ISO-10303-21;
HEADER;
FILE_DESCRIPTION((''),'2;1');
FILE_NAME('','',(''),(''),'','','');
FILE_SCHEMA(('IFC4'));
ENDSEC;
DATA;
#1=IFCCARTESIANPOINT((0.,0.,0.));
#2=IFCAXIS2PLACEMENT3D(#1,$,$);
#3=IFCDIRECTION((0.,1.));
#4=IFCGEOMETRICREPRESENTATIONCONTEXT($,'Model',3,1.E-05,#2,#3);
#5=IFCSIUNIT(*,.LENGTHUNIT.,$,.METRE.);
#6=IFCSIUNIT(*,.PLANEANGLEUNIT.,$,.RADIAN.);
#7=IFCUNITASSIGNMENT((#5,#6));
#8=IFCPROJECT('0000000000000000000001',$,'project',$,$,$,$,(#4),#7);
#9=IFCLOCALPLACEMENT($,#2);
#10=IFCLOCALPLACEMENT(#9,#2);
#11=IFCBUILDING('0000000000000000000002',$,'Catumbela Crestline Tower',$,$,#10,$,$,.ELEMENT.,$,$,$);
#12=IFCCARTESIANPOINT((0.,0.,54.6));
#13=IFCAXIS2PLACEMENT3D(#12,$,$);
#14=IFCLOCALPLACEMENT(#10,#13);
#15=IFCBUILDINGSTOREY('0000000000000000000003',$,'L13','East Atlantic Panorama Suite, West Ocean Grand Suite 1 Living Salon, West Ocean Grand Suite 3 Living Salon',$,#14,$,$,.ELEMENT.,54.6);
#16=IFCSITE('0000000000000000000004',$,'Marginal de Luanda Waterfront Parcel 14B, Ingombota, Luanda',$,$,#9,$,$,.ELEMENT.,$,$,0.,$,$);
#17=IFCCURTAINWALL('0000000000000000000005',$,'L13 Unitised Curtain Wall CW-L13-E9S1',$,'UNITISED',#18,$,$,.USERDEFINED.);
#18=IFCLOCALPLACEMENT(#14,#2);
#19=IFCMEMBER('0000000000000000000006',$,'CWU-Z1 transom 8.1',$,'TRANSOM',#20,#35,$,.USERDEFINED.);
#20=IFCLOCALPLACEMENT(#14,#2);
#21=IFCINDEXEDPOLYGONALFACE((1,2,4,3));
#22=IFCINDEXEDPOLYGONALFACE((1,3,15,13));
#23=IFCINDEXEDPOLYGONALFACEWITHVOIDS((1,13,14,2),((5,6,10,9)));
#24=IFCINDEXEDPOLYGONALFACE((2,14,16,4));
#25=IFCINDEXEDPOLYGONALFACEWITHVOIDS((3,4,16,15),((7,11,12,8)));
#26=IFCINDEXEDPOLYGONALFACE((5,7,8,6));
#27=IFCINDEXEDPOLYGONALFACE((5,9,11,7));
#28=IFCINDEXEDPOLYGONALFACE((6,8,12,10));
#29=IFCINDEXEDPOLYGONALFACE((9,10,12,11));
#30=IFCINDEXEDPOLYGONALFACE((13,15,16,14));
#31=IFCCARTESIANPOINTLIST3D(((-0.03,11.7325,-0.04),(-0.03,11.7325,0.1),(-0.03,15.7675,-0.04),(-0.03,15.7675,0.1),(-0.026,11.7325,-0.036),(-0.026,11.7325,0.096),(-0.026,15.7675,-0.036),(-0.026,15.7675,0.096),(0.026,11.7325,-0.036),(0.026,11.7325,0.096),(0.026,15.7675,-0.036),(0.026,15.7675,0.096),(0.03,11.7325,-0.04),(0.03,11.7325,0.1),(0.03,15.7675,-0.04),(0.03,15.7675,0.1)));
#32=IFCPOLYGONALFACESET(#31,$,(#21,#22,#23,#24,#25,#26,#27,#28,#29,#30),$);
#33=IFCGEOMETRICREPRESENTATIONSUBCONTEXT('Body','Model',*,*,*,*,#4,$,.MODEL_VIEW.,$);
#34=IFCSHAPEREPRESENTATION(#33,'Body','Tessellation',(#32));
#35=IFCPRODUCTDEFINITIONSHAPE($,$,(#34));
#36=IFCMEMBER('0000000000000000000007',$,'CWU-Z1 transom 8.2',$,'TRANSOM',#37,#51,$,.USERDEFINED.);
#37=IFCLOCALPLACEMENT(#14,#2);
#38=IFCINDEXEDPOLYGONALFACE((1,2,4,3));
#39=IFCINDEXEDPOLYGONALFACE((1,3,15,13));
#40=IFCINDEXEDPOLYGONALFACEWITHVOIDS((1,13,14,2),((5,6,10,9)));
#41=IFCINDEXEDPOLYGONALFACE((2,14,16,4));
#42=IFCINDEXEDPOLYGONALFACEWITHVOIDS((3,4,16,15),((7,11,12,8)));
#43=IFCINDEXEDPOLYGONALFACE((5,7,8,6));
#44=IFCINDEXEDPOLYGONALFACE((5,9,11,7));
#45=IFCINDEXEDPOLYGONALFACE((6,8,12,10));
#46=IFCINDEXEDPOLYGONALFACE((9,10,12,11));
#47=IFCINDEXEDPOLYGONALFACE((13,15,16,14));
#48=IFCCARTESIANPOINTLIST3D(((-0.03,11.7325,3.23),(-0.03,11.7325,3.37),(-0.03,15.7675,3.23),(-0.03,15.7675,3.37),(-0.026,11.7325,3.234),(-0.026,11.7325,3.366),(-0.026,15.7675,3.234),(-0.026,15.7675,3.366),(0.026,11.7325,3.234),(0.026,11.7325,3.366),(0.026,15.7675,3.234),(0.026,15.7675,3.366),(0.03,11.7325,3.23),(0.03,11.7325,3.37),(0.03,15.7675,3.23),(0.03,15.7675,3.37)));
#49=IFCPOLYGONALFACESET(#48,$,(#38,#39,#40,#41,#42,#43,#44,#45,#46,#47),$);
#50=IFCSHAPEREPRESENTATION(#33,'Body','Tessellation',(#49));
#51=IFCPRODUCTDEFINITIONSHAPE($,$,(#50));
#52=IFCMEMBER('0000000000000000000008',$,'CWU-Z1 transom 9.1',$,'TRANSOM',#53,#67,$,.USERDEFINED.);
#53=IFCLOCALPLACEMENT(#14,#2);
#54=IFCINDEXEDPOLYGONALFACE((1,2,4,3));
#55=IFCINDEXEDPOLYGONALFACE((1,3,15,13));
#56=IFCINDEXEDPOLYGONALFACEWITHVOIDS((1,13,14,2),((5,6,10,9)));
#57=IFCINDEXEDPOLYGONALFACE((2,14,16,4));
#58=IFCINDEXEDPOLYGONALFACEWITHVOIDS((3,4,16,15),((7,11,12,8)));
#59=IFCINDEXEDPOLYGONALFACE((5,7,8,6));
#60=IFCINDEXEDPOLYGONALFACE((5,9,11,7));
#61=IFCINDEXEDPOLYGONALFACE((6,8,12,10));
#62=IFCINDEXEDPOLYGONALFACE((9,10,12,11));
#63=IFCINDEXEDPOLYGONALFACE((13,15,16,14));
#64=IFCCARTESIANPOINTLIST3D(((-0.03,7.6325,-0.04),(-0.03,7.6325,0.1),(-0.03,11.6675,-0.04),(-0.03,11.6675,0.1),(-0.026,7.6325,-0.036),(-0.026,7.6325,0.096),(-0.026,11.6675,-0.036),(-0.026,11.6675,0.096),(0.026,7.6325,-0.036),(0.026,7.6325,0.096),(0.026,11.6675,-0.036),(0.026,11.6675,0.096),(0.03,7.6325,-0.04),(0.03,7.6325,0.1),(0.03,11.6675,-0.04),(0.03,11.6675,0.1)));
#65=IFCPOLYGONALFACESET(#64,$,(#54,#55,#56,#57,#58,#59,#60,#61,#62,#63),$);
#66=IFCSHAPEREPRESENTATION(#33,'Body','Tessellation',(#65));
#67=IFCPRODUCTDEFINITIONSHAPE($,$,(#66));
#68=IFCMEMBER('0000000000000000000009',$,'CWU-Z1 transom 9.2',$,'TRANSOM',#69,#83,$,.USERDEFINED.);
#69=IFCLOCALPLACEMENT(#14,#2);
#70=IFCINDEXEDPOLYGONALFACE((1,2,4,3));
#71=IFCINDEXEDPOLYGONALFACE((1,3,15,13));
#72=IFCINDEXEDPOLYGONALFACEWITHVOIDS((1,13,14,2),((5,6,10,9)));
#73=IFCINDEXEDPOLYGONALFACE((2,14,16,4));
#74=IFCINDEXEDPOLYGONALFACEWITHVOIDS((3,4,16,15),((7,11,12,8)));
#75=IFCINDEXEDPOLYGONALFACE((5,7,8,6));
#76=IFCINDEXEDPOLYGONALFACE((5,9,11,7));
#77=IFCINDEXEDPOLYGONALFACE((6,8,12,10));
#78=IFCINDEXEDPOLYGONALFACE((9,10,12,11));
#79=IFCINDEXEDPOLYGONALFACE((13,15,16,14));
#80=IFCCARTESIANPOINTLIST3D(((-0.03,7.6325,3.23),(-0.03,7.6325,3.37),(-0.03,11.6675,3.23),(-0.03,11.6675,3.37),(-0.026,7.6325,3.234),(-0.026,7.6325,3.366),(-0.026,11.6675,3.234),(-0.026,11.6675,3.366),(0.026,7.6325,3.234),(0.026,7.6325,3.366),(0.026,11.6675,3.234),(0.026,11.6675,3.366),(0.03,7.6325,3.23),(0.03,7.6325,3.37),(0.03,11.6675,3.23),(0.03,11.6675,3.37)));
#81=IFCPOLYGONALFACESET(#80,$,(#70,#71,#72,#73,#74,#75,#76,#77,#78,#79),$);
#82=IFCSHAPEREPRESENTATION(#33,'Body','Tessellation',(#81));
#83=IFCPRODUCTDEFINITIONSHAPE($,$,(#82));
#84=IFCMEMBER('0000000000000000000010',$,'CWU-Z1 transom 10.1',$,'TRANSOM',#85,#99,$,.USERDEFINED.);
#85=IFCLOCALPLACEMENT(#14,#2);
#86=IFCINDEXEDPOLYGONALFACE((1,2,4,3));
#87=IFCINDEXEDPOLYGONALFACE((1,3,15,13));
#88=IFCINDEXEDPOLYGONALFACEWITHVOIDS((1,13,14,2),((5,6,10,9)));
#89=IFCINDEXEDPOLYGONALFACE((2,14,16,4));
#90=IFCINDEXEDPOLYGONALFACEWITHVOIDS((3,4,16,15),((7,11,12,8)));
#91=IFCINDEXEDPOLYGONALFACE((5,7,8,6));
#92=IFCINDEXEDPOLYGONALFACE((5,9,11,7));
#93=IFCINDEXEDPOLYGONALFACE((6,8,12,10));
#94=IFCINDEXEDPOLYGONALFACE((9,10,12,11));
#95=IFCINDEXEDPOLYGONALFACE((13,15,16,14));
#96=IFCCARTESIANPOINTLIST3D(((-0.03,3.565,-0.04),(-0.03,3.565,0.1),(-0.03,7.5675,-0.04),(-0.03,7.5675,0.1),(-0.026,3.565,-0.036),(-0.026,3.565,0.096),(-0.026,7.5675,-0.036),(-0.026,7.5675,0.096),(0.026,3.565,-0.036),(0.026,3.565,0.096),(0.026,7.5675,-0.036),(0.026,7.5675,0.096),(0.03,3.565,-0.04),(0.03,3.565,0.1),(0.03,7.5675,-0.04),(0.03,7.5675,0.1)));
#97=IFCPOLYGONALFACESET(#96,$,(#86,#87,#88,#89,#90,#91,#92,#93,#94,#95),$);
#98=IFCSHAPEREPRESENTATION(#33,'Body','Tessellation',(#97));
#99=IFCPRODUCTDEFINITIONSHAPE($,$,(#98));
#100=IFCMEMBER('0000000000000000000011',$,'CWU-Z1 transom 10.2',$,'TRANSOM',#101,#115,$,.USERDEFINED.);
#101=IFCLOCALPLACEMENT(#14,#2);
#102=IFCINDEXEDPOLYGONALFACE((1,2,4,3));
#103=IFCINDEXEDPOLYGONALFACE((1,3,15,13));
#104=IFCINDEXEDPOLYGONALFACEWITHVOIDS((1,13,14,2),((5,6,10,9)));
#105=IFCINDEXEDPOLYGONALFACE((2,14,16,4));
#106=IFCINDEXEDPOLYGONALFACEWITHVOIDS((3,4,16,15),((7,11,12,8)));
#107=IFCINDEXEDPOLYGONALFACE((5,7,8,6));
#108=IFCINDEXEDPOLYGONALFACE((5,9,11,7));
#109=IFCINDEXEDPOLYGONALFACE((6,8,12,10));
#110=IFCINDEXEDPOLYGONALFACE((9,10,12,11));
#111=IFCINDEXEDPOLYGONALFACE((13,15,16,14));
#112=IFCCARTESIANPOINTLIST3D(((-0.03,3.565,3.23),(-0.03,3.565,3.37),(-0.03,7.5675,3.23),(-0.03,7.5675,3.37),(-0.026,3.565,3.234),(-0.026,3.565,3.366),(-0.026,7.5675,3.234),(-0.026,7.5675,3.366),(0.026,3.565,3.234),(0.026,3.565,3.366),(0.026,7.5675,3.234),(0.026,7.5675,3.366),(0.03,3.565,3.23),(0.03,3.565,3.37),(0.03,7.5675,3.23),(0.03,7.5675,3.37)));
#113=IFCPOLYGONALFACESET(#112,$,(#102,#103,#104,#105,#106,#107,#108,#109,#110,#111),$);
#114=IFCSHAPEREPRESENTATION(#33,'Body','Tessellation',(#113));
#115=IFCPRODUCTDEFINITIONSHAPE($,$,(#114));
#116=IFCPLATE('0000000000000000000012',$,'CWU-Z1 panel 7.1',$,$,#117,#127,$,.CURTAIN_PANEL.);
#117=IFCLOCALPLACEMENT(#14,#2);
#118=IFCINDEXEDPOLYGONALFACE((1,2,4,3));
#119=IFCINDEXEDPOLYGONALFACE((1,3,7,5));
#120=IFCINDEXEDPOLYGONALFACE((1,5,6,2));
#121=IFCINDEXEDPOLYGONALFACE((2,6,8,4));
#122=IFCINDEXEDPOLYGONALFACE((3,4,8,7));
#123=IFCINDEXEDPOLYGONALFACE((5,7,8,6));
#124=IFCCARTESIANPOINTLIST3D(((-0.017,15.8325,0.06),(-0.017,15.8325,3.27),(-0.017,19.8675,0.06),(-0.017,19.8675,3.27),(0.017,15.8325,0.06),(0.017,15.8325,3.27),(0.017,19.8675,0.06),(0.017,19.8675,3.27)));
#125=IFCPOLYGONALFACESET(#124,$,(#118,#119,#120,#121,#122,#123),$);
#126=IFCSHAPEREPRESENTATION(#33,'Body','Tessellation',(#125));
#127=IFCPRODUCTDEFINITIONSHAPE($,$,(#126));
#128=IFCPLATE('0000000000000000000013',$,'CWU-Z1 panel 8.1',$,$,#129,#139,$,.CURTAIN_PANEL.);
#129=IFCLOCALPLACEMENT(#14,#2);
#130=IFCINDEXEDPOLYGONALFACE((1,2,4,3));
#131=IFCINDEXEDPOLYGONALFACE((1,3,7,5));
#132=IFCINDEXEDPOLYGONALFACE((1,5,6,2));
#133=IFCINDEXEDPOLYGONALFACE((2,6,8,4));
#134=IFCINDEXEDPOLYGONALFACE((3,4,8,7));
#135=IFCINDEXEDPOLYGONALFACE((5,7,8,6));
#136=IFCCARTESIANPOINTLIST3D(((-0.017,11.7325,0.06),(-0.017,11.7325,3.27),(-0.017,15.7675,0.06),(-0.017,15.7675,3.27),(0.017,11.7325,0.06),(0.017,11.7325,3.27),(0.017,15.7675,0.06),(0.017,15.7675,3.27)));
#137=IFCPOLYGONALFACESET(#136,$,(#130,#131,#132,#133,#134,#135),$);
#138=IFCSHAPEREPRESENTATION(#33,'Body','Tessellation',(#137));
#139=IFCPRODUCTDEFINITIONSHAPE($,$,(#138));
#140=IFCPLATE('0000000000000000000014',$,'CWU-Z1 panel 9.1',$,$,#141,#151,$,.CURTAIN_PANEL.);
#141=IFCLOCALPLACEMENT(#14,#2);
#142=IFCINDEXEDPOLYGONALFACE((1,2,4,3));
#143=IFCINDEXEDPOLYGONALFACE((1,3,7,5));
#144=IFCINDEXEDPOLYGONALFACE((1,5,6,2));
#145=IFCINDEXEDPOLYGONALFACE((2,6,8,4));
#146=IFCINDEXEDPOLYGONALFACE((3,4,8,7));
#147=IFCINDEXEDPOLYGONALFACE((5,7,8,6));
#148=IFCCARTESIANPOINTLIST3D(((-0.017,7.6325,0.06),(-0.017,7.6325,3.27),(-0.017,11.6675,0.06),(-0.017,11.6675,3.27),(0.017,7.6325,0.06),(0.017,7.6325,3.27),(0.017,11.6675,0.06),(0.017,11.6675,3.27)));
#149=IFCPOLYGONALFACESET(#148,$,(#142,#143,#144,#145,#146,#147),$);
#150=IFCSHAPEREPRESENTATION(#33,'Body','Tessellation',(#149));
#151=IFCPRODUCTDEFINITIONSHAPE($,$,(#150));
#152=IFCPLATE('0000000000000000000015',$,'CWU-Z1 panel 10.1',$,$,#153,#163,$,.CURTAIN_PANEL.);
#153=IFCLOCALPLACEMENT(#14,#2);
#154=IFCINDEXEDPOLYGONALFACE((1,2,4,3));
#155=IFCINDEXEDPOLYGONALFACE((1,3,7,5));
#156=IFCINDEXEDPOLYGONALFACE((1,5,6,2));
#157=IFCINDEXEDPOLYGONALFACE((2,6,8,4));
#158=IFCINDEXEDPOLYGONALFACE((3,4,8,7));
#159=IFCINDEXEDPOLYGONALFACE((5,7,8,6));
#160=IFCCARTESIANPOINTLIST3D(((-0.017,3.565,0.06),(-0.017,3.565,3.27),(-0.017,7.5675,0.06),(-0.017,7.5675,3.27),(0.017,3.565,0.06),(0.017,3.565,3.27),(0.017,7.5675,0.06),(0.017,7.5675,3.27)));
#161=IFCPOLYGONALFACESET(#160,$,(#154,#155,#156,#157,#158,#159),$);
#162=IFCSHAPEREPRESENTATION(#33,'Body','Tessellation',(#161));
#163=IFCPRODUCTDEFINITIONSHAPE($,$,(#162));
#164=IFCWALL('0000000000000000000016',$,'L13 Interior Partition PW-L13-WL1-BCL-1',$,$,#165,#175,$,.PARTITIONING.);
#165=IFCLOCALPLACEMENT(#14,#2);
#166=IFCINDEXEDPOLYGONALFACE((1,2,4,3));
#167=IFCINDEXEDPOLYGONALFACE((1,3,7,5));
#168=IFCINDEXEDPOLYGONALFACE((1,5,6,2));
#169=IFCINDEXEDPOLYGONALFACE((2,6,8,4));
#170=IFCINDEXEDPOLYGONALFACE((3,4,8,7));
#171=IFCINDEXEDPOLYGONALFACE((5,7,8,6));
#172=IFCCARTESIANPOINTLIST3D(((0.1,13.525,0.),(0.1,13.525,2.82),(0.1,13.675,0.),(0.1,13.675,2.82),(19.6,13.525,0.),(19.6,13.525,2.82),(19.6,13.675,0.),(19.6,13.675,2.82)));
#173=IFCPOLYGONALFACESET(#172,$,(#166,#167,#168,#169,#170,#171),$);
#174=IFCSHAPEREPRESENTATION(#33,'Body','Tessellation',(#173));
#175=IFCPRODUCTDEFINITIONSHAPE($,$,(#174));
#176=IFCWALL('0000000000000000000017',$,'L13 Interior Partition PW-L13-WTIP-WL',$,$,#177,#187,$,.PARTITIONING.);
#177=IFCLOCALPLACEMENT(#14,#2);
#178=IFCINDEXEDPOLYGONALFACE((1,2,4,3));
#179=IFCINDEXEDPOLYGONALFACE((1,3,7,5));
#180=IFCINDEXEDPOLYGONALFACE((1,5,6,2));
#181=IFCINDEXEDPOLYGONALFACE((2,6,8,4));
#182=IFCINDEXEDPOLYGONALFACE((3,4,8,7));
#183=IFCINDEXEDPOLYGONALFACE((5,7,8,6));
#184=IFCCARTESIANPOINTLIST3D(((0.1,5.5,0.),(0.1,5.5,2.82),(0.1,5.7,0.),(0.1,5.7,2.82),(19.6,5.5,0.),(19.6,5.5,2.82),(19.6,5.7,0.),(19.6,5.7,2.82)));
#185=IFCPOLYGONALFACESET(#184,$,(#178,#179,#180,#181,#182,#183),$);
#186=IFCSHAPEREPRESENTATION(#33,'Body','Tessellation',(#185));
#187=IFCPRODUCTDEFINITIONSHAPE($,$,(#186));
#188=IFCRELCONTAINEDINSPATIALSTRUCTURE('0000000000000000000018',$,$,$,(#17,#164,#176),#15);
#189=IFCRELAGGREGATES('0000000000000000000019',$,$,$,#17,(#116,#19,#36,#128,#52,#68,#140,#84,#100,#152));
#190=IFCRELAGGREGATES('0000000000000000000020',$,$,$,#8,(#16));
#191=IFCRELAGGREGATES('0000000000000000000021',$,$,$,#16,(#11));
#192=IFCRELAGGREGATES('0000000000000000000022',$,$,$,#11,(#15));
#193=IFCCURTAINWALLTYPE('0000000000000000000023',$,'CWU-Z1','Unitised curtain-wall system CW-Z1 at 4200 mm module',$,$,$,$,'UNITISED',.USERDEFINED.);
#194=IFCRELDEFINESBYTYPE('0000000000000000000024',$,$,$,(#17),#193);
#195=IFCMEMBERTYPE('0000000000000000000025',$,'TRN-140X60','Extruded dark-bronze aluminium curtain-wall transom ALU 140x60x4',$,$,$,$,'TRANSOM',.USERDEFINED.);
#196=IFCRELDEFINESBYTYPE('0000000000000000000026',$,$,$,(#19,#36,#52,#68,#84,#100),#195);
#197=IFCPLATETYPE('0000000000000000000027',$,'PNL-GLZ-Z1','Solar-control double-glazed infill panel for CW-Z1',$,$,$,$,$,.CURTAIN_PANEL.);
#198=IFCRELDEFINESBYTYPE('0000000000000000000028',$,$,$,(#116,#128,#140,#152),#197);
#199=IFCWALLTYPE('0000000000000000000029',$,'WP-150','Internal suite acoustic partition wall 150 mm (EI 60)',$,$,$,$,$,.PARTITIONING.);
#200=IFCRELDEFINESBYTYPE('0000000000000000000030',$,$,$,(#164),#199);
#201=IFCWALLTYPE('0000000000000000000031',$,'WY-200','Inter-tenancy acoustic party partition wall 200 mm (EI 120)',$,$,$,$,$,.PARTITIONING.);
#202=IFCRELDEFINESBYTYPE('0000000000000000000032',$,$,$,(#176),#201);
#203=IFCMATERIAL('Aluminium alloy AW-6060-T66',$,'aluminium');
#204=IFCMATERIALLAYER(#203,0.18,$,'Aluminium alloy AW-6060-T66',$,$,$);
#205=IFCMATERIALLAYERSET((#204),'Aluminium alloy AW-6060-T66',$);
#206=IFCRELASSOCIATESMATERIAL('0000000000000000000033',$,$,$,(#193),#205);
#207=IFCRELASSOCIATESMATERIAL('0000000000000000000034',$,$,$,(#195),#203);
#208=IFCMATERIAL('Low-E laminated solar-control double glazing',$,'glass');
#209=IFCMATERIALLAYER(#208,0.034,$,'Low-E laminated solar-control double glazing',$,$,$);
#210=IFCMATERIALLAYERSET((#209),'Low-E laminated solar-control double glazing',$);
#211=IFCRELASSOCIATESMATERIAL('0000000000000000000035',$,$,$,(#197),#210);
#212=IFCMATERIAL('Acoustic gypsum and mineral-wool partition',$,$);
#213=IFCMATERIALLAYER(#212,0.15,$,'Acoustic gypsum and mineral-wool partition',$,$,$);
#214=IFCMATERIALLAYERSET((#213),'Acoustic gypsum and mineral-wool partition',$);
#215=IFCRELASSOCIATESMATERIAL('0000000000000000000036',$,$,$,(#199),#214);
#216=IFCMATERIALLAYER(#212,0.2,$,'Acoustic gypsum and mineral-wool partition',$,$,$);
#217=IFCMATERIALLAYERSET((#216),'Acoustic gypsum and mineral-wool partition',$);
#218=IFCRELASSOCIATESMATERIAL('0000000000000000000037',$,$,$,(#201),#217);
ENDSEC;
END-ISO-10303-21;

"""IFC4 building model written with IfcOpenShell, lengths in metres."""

from ifc_helpers import new_model, si_unit, direction, frame, frame_2d, origin, origin_2d, place, context, subcontext, project, spatial, rectangle, hollow_rectangle, extrude, material, layer, layer_set, material_profile, profile_set, type_object, element, aggregate, save


model = new_model("IFC4")

# Units and contexts
model_context = context("Model", 3, precision=1e-05, world=origin(), true_north=direction((0.0, 1.0)))
body_context = subcontext(model_context, "Body", "Model", "MODEL_VIEW")
ifc_project = project(units=[si_unit("LENGTHUNIT", "METRE"), si_unit("PLANEANGLEUNIT", "RADIAN")], contexts=[model_context])

# Site, building, storey
site_placement = place(None, origin())
site = spatial("IfcSite", under=ifc_project, at=site_placement, Name="Marginal de Luanda Waterfront Parcel 14B, Ingombota, Luanda", CompositionType="ELEMENT", RefElevation=0.0)
building_placement = place(site_placement, origin())
building = spatial("IfcBuilding", under=site, at=building_placement, Name="Catumbela Crestline Tower", CompositionType="ELEMENT")
storey_placement = place(building_placement, frame((0.0, 0.0, 54.6)))
storey = spatial("IfcBuildingStorey", under=building, at=storey_placement, Name="L13", Description="East Atlantic Panorama Suite, West Ocean Grand Suite 1 Living Salon, West Ocean Grand Suite 3 Living Salon", CompositionType="ELEMENT", Elevation=54.6)

# Curtain wall
ifc_material_1 = material(Name="Aluminium alloy AW-6060-T66", Category="aluminium")
ifc_layer_1 = layer(ifc_material_1, 0.18, Name="Aluminium alloy AW-6060-T66")
ifc_layer_set_1 = layer_set([ifc_layer_1], Name="Aluminium alloy AW-6060-T66")
curtain_wall_type = type_object("IfcCurtainWallType", Name="CWU-Z1", Description="Unitised curtain-wall system CW-Z1 at 4200 mm module", ElementType="UNITISED", PredefinedType="USERDEFINED", material=ifc_layer_set_1)
curtain_wall_placement = place(storey_placement, origin())
curtain_wall = element("IfcCurtainWall", 1, at=curtain_wall_placement, inside=storey, type_object=curtain_wall_type, Name="L13 Unitised Curtain Wall CW-L13-E9S1", ObjectType="UNITISED", PredefinedType="USERDEFINED")

# Members
ifc_material_profile_1 = material_profile(ifc_material_1, hollow_rectangle(XDim=0.06, YDim=0.14, WallThickness=0.004, at=origin_2d()), Name="ALU 140x60x4")
ifc_profile_set_1 = profile_set([ifc_material_profile_1], Name="Aluminium alloy AW-6060-T66")
member_type_1 = type_object("IfcMemberType", Name="TRN-140X60", Description="Extruded dark-bronze aluminium curtain-wall transom ALU 140x60x4", ElementType="TRANSOM", PredefinedType="USERDEFINED", material=ifc_profile_set_1)
member_1_placement = place(storey_placement, frame((0.0, 15.7675, 0.03), z_axis=(0.0, -1.0, 0.0), x_axis=(1.0, 0.0, 0.0)))
member_1 = element("IfcMember", 2, at=member_1_placement, type_object=member_type_1, Name="CWU-Z1 transom 8.1", ObjectType="TRANSOM", PredefinedType="USERDEFINED", context=body_context, shape_type="SweptSolid", body=[
    extrude(hollow_rectangle(XDim=0.06, YDim=0.14, WallThickness=0.004, at=origin_2d()), origin(), (0.0, 0.0, 1.0), 4.035),
])
member_2_placement = place(storey_placement, frame((0.0, 15.7675, 3.3), z_axis=(0.0, -1.0, 0.0), x_axis=(1.0, 0.0, 0.0)))
member_2 = element("IfcMember", 3, at=member_2_placement, type_object=member_type_1, Name="CWU-Z1 transom 8.2", ObjectType="TRANSOM", PredefinedType="USERDEFINED", context=body_context, shape_type="SweptSolid", body=[
    extrude(hollow_rectangle(XDim=0.06, YDim=0.14, WallThickness=0.004, at=origin_2d()), origin(), (0.0, 0.0, 1.0), 4.035),
])
member_3_placement = place(storey_placement, frame((0.0, 11.6675, 0.03), z_axis=(0.0, -1.0, 0.0), x_axis=(1.0, 0.0, 0.0)))
member_3 = element("IfcMember", 4, at=member_3_placement, type_object=member_type_1, Name="CWU-Z1 transom 9.1", ObjectType="TRANSOM", PredefinedType="USERDEFINED", context=body_context, shape_type="SweptSolid", body=[
    extrude(hollow_rectangle(XDim=0.06, YDim=0.14, WallThickness=0.004, at=origin_2d()), origin(), (0.0, 0.0, 1.0), 4.035),
])
member_4_placement = place(storey_placement, frame((0.0, 11.6675, 3.3), z_axis=(0.0, -1.0, 0.0), x_axis=(1.0, 0.0, 0.0)))
member_4 = element("IfcMember", 5, at=member_4_placement, type_object=member_type_1, Name="CWU-Z1 transom 9.2", ObjectType="TRANSOM", PredefinedType="USERDEFINED", context=body_context, shape_type="SweptSolid", body=[
    extrude(hollow_rectangle(XDim=0.06, YDim=0.14, WallThickness=0.004, at=origin_2d()), origin(), (0.0, 0.0, 1.0), 4.035),
])
member_5_placement = place(storey_placement, frame((0.0, 7.5675, 0.03), z_axis=(0.0, -1.0, 0.0), x_axis=(1.0, 0.0, 0.0)))
member_5 = element("IfcMember", 6, at=member_5_placement, type_object=member_type_1, Name="CWU-Z1 transom 10.1", ObjectType="TRANSOM", PredefinedType="USERDEFINED", context=body_context, shape_type="SweptSolid", body=[
    extrude(hollow_rectangle(XDim=0.06, YDim=0.14, WallThickness=0.004, at=origin_2d()), origin(), (0.0, 0.0, 1.0), 4.0025),
])
member_6_placement = place(storey_placement, frame((0.0, 7.5675, 3.3), z_axis=(0.0, -1.0, 0.0), x_axis=(1.0, 0.0, 0.0)))
member_6 = element("IfcMember", 7, at=member_6_placement, type_object=member_type_1, Name="CWU-Z1 transom 10.2", ObjectType="TRANSOM", PredefinedType="USERDEFINED", context=body_context, shape_type="SweptSolid", body=[
    extrude(hollow_rectangle(XDim=0.06, YDim=0.14, WallThickness=0.004, at=origin_2d()), origin(), (0.0, 0.0, 1.0), 4.0025),
])

# Plates
ifc_material_2 = material(Name="Low-E laminated solar-control double glazing", Category="glass")
ifc_layer_2 = layer(ifc_material_2, 0.034, Name="Low-E laminated solar-control double glazing")
ifc_layer_set_2 = layer_set([ifc_layer_2], Name="Low-E laminated solar-control double glazing")
plate_type = type_object("IfcPlateType", Name="PNL-GLZ-Z1", Description="Solar-control double-glazed infill panel for CW-Z1", PredefinedType="CURTAIN_PANEL", material=ifc_layer_set_2)
plate_1_placement = place(storey_placement, frame((0.0, 17.85, 0.06), z_axis=(0.0, 0.0, 1.0), x_axis=(0.0, -1.0, 0.0)))
plate_1 = element("IfcPlate", 8, at=plate_1_placement, type_object=plate_type, Name="CWU-Z1 panel 7.1", PredefinedType="CURTAIN_PANEL", context=body_context, shape_type="SweptSolid", body=[
    extrude(rectangle(XDim=4.035, YDim=0.034, at=origin_2d()), origin(), (0.0, 0.0, 1.0), 3.21),
])
plate_2_placement = place(storey_placement, frame((0.0, 13.75, 0.06), z_axis=(0.0, 0.0, 1.0), x_axis=(0.0, -1.0, 0.0)))
plate_2 = element("IfcPlate", 9, at=plate_2_placement, type_object=plate_type, Name="CWU-Z1 panel 8.1", PredefinedType="CURTAIN_PANEL", context=body_context, shape_type="SweptSolid", body=[
    extrude(rectangle(XDim=4.035, YDim=0.034, at=origin_2d()), origin(), (0.0, 0.0, 1.0), 3.21),
])
plate_3_placement = place(storey_placement, frame((0.0, 9.65, 0.06), z_axis=(0.0, 0.0, 1.0), x_axis=(0.0, -1.0, 0.0)))
plate_3 = element("IfcPlate", 10, at=plate_3_placement, type_object=plate_type, Name="CWU-Z1 panel 9.1", PredefinedType="CURTAIN_PANEL", context=body_context, shape_type="SweptSolid", body=[
    extrude(rectangle(XDim=4.035, YDim=0.034, at=origin_2d()), origin(), (0.0, 0.0, 1.0), 3.21),
])
plate_4_placement = place(storey_placement, frame((0.0, 5.5662, 0.06), z_axis=(0.0, 0.0, 1.0), x_axis=(0.0, -1.0, 0.0)))
plate_4 = element("IfcPlate", 11, at=plate_4_placement, type_object=plate_type, Name="CWU-Z1 panel 10.1", PredefinedType="CURTAIN_PANEL", context=body_context, shape_type="SweptSolid", body=[
    extrude(rectangle(XDim=4.0025, YDim=0.034, at=origin_2d()), origin(), (0.0, 0.0, 1.0), 3.21),
])
aggregate(curtain_wall, [plate_1, member_1, member_2, plate_2, member_3, member_4, plate_3, member_5, member_6, plate_4])

# Walls
ifc_material_3 = material(Name="Acoustic gypsum and mineral-wool partition")
ifc_layer_3 = layer(ifc_material_3, 0.15, Name="Acoustic gypsum and mineral-wool partition")
ifc_layer_set_3 = layer_set([ifc_layer_3], Name="Acoustic gypsum and mineral-wool partition")
wall_type_1 = type_object("IfcWallType", Name="WP-150", Description="Internal suite acoustic partition wall 150 mm (EI 60)", PredefinedType="PARTITIONING", material=ifc_layer_set_3)
wall_1_placement = place(storey_placement, frame((0.1, 13.6, 0.0), z_axis=(0.0, 0.0, 1.0), x_axis=(1.0, 0.0, 0.0)))
element("IfcWall", 12, at=wall_1_placement, inside=storey, type_object=wall_type_1, Name="L13 Interior Partition PW-L13-WL1-BCL-1", PredefinedType="PARTITIONING", context=body_context, shape_type="SweptSolid", body=[
    extrude(rectangle(XDim=19.5, YDim=0.15, at=frame_2d((9.75, 0.0))), origin(), (0.0, 0.0, 1.0), 2.82),
])
ifc_layer_4 = layer(ifc_material_3, 0.2, Name="Acoustic gypsum and mineral-wool partition")
ifc_layer_set_4 = layer_set([ifc_layer_4], Name="Acoustic gypsum and mineral-wool partition")
wall_type_2 = type_object("IfcWallType", Name="WY-200", Description="Inter-tenancy acoustic party partition wall 200 mm (EI 120)", PredefinedType="PARTITIONING", material=ifc_layer_set_4)
wall_2_placement = place(storey_placement, frame((0.1, 5.6, 0.0), z_axis=(0.0, 0.0, 1.0), x_axis=(1.0, 0.0, 0.0)))
element("IfcWall", 13, at=wall_2_placement, inside=storey, type_object=wall_type_2, Name="L13 Interior Partition PW-L13-WTIP-WL", PredefinedType="PARTITIONING", context=body_context, shape_type="SweptSolid", body=[
    extrude(rectangle(XDim=19.5, YDim=0.2, at=frame_2d((9.75, 0.0))), origin(), (0.0, 0.0, 1.0), 2.82),
])

save(model, "model.ifc")
